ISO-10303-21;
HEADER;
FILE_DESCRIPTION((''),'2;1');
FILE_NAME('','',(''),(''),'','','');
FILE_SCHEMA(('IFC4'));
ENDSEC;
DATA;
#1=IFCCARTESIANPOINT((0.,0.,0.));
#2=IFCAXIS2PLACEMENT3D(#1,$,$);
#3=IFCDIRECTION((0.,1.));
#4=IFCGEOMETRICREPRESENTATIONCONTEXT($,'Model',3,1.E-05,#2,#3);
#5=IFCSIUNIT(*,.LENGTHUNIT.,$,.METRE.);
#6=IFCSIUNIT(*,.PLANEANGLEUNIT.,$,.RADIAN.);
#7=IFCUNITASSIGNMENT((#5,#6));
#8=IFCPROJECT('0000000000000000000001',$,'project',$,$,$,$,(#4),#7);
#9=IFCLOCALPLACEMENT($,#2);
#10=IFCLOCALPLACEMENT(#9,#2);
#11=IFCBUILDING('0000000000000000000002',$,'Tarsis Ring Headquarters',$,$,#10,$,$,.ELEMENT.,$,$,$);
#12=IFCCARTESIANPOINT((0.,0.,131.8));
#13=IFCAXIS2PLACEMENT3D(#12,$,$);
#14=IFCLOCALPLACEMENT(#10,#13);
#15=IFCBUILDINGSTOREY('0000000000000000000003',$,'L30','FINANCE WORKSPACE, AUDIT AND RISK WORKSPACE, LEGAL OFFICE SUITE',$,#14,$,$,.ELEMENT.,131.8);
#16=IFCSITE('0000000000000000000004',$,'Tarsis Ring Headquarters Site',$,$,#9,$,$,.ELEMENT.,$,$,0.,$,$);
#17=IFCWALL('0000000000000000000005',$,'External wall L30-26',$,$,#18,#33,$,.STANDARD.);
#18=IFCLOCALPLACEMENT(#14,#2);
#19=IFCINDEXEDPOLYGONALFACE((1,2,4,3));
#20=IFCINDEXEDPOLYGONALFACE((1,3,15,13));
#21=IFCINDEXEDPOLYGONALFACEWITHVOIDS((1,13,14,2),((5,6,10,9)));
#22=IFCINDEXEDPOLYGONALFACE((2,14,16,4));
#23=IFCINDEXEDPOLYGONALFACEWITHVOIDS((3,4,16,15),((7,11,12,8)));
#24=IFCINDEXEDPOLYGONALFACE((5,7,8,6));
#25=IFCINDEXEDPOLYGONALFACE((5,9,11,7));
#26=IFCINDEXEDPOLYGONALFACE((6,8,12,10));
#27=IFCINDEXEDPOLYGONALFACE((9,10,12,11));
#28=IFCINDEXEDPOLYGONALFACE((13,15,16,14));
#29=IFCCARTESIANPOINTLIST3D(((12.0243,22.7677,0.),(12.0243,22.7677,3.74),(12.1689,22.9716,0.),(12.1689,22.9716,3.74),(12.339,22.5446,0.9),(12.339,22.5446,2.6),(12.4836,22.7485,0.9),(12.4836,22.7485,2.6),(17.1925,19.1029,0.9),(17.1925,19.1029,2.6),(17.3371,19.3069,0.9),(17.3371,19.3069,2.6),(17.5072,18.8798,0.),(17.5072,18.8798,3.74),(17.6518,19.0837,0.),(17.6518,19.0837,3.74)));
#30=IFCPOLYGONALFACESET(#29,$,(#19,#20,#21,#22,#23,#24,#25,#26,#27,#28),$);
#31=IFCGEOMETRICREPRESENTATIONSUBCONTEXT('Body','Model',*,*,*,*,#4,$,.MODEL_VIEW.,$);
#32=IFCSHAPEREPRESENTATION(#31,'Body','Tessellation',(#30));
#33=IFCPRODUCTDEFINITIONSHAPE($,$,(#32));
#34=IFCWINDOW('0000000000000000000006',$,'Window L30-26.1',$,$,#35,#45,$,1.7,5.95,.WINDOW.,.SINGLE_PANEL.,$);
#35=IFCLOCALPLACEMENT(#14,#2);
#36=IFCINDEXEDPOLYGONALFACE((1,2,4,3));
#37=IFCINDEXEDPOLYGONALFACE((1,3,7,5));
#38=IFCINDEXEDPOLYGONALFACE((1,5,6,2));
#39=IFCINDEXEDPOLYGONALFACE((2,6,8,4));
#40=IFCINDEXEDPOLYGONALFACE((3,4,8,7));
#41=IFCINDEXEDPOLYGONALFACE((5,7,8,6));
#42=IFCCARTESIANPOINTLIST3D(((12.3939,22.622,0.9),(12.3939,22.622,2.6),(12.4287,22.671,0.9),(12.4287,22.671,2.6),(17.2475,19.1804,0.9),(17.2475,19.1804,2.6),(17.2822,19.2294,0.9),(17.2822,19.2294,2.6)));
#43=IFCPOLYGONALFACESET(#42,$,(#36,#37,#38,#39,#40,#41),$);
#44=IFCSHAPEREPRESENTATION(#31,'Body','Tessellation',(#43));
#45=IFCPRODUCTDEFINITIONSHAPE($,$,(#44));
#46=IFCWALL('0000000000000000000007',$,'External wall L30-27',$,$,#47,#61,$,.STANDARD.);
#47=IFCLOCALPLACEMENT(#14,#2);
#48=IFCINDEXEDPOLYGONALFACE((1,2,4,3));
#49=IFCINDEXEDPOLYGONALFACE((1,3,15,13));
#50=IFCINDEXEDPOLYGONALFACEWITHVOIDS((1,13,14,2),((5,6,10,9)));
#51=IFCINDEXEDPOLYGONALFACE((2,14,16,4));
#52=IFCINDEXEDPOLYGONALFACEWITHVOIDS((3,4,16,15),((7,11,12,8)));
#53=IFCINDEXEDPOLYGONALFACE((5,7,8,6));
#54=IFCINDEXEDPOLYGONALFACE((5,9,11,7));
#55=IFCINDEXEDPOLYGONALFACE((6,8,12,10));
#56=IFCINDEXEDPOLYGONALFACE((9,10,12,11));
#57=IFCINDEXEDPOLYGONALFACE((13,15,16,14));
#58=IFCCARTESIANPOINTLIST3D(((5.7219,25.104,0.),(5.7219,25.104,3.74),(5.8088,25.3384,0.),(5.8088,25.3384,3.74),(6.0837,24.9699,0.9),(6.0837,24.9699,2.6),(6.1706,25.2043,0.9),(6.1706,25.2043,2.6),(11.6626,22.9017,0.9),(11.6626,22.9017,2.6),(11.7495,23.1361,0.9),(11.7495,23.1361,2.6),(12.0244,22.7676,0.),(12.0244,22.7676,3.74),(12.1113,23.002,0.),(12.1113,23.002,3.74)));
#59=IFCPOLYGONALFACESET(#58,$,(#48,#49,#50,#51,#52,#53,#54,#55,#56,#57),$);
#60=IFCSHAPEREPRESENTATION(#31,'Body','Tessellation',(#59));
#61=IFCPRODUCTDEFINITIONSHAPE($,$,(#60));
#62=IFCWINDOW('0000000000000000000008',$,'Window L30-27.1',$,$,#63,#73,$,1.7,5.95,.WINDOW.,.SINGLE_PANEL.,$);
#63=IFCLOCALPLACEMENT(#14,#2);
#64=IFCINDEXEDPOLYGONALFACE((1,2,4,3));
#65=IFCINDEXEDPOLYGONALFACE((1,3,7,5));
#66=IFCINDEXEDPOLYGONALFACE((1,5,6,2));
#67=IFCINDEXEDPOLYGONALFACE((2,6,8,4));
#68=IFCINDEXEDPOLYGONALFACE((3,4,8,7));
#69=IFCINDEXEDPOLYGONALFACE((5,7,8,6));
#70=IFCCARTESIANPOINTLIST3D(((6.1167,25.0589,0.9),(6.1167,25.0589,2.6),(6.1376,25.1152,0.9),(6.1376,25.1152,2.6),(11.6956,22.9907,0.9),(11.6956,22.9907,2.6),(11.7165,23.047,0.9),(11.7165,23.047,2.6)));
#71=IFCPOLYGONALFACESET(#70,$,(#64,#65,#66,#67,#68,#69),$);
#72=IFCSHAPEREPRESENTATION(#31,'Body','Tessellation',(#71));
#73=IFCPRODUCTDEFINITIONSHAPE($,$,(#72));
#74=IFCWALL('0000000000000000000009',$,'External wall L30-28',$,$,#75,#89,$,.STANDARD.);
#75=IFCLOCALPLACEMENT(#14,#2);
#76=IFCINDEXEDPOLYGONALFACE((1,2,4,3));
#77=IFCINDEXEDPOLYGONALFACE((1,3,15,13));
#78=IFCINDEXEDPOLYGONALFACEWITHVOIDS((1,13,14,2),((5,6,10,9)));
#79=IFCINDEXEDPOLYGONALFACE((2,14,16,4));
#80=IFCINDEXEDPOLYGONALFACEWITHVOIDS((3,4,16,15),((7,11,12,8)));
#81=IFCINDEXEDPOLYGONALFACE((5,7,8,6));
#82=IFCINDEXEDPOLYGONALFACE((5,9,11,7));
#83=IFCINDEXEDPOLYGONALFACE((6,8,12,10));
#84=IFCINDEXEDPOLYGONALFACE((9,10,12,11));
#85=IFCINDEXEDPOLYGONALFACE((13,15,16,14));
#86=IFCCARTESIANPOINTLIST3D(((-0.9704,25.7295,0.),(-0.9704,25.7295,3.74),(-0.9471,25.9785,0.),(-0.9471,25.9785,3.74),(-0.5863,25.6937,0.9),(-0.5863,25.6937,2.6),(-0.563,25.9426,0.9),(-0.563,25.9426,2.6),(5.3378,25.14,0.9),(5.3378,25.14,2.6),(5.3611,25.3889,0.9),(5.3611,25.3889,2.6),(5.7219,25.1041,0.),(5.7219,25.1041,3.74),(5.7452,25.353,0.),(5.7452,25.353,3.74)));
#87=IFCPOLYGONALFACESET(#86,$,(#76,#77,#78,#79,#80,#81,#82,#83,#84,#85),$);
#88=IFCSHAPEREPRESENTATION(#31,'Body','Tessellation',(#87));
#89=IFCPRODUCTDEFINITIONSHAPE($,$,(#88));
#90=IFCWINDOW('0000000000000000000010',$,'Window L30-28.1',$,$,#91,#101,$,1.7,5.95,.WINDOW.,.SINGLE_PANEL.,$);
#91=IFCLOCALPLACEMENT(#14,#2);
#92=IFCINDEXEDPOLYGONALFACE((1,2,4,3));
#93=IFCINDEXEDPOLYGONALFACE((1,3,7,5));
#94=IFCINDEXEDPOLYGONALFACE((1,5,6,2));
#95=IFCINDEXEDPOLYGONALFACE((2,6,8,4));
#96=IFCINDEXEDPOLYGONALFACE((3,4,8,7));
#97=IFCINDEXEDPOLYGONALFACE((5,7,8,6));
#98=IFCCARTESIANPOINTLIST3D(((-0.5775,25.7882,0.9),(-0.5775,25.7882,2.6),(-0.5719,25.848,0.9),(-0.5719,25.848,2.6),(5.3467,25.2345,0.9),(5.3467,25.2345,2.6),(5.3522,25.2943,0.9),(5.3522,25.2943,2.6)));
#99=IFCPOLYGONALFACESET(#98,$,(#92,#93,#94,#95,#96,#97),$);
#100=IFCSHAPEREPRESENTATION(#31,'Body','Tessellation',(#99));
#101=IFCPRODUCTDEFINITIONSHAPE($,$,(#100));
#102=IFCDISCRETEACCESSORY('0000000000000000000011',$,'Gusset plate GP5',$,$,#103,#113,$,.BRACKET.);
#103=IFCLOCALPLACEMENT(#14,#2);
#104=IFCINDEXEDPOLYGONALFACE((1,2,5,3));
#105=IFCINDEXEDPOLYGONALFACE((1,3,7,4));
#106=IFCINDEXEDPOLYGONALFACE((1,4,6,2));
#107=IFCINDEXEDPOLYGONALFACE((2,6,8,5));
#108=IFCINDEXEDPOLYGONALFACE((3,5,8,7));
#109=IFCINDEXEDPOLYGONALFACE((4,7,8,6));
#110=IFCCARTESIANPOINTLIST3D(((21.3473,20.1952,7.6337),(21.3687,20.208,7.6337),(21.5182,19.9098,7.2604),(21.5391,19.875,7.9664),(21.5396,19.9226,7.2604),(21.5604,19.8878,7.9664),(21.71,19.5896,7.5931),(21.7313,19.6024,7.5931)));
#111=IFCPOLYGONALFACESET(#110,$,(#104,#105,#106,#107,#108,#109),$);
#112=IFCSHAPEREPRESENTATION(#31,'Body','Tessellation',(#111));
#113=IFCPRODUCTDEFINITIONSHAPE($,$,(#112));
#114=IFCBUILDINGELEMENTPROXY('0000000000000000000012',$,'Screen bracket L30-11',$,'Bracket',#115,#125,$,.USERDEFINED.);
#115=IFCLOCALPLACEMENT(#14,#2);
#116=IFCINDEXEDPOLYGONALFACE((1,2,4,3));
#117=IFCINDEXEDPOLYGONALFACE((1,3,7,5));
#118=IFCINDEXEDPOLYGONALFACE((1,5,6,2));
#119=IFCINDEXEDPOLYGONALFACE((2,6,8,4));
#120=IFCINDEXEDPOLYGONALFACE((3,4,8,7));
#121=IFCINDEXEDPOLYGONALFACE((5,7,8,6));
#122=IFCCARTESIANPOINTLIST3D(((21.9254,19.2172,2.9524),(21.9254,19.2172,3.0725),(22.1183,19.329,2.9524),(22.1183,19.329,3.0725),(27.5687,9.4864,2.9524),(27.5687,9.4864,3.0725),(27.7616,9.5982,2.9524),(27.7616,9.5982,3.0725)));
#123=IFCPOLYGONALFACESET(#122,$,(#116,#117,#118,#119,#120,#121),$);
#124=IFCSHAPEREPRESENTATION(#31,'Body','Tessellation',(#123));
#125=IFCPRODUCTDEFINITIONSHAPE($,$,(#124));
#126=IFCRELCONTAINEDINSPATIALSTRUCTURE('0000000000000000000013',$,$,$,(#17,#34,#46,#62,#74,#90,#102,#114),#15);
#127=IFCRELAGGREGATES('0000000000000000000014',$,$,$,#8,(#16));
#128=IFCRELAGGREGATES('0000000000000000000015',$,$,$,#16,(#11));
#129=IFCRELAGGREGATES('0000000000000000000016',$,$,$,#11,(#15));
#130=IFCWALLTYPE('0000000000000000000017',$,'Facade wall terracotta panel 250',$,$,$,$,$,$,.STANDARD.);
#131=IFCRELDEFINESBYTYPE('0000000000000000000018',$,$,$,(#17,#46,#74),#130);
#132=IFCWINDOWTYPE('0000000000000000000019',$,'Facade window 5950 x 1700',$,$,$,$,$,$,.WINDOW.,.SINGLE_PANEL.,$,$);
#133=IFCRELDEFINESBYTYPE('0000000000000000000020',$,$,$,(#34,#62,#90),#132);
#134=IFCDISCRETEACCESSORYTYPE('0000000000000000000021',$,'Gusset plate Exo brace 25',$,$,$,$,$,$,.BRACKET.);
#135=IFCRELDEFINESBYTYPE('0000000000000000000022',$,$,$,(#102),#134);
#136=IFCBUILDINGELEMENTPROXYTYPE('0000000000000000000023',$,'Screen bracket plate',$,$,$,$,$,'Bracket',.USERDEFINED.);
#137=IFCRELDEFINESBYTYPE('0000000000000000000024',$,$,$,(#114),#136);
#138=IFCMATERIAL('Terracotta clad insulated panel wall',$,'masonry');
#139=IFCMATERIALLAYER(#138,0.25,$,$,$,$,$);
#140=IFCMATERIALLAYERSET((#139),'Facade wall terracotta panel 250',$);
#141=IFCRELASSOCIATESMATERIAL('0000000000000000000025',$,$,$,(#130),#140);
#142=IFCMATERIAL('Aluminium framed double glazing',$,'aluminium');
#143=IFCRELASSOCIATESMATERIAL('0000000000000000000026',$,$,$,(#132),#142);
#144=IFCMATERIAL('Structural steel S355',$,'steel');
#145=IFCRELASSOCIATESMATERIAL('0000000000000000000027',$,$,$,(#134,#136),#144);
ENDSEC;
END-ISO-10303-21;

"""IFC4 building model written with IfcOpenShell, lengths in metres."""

from ifc_helpers import new_model, si_unit, direction, frame, frame_2d, origin, origin_2d, place, context, subcontext, project, spatial, rectangle, extrude, material, layer, layer_set, material_profile, profile_set, type_object, element, fill, save


model = new_model("IFC4")

# Units and contexts
model_context = context("Model", 3, precision=1e-05, world=origin(), true_north=direction((0.0, 1.0)))
body_context = subcontext(model_context, "Body", "Model", "MODEL_VIEW")
ifc_project = project(units=[si_unit("LENGTHUNIT", "METRE"), si_unit("PLANEANGLEUNIT", "RADIAN")], contexts=[model_context])

# Site, building, storey
site_placement = place(None, origin())
site = spatial("IfcSite", under=ifc_project, at=site_placement, Name="Tarsis Ring Headquarters Site", CompositionType="ELEMENT", RefElevation=0.0)
building_placement = place(site_placement, origin())
building = spatial("IfcBuilding", under=site, at=building_placement, Name="Tarsis Ring Headquarters", CompositionType="ELEMENT")
storey_placement = place(building_placement, frame((0.0, 0.0, 131.8)))
storey = spatial("IfcBuildingStorey", under=building, at=storey_placement, Name="L30", Description="FINANCE WORKSPACE, AUDIT AND RISK WORKSPACE, LEGAL OFFICE SUITE", CompositionType="ELEMENT", Elevation=131.8)

# Shared definitions
ifc_material_1 = material(Name="Structural steel S355", Category="steel")

# Walls, openings, windows
ifc_material_2 = material(Name="Terracotta clad insulated panel wall", Category="masonry")
ifc_layer = layer(ifc_material_2, 0.25)
ifc_layer_set = layer_set([ifc_layer], Name="Facade wall terracotta panel 250")
wall_type = type_object("IfcWallType", Name="Facade wall terracotta panel 250", PredefinedType="STANDARD", material=ifc_layer_set)
wall_1_placement = place(storey_placement, frame((17.5796, 18.9817, 0.0), z_axis=(0.0, 0.0, 1.0), x_axis=(-0.815729, 0.578434, 0.0)))
wall_1 = element("IfcWall", 1, at=wall_1_placement, inside=storey, type_object=wall_type, Name="External wall L30-26", PredefinedType="STANDARD", context=body_context, shape_type="SweptSolid", body=[
    extrude(rectangle(XDim=6.7214, YDim=0.25, at=frame_2d((3.3608, 0.0))), origin(), (0.0, 0.0, 1.0), 3.74),
])
opening_1_placement = place(wall_1_placement, frame((0.3857, 0.0, 0.8999)))
opening_1 = element("IfcOpeningElement", 2, at=opening_1_placement, cuts=wall_1, PredefinedType="OPENING", context=body_context, shape_type="SweptSolid", body=[
    extrude(rectangle(XDim=5.95, YDim=1.7, at=frame_2d((2.9751, 0.8501))), frame((0.0, 0.135, 0.0), z_axis=(0.0, -1.0, 0.0), x_axis=(1.0, 0.0, 0.0)), (0.0, 0.0, 1.0), 0.27),
])
ifc_material_3 = material(Name="Aluminium framed double glazing", Category="aluminium")
window_type = type_object("IfcWindowType", Name="Facade window 5950 x 1700", PartitioningType="SINGLE_PANEL", PredefinedType="WINDOW", material=ifc_material_3)
window_1_placement = place(opening_1_placement, origin())
window_1 = element("IfcWindow", 3, at=window_1_placement, inside=storey, type_object=window_type, Name="Window L30-26.1", OverallHeight=1.7, OverallWidth=5.95, PartitioningType="SINGLE_PANEL", PredefinedType="WINDOW", context=body_context, shape_type="SweptSolid", body=[
    extrude(rectangle(XDim=5.95, YDim=1.7, at=frame_2d((2.9751, 0.8501))), frame((0.0, 0.03, 0.0), z_axis=(0.0, -1.0, 0.0), x_axis=(1.0, 0.0, 0.0)), (0.0, 0.0, 1.0), 0.0601),
])
fill(opening_1, window_1)
wall_2_placement = place(storey_placement, frame((12.0679, 22.8848, 0.0), z_axis=(0.0, 0.0, 1.0), x_axis=(-0.937644, 0.347598, 0.0)))
wall_2 = element("IfcWall", 4, at=wall_2_placement, inside=storey, type_object=wall_type, Name="External wall L30-27", PredefinedType="STANDARD", context=body_context, shape_type="SweptSolid", body=[
    extrude(rectangle(XDim=6.7217, YDim=0.25, at=frame_2d((3.3608, 0.0))), origin(), (0.0, 0.0, 1.0), 3.74),
])
opening_2_placement = place(wall_2_placement, frame((0.3857, 0.0, 0.8999)))
opening_2 = element("IfcOpeningElement", 5, at=opening_2_placement, cuts=wall_2, PredefinedType="OPENING", context=body_context, shape_type="SweptSolid", body=[
    extrude(rectangle(XDim=5.95, YDim=1.7, at=frame_2d((2.9751, 0.8501))), frame((0.0, 0.135, 0.0), z_axis=(0.0, -1.0, 0.0), x_axis=(1.0, 0.0, 0.0)), (0.0, 0.0, 1.0), 0.27),
])
window_2_placement = place(opening_2_placement, origin())
window_2 = element("IfcWindow", 6, at=window_2_placement, inside=storey, type_object=window_type, Name="Window L30-27.1", OverallHeight=1.7, OverallWidth=5.95, PartitioningType="SINGLE_PANEL", PredefinedType="WINDOW", context=body_context, shape_type="SweptSolid", body=[
    extrude(rectangle(XDim=5.95, YDim=1.7, at=frame_2d((2.9751, 0.8501))), frame((0.0, 0.03, 0.0), z_axis=(0.0, -1.0, 0.0), x_axis=(1.0, 0.0, 0.0)), (0.0, 0.0, 1.0), 0.0601),
])
fill(opening_2, window_2)
wall_3_placement = place(storey_placement, frame((5.7336, 25.2285, 0.0), z_axis=(0.0, 0.0, 1.0), x_axis=(-0.995661, 0.093057, 0.0)))
wall_3 = element("IfcWall", 7, at=wall_3_placement, inside=storey, type_object=wall_type, Name="External wall L30-28", PredefinedType="STANDARD", context=body_context, shape_type="SweptSolid", body=[
    extrude(rectangle(XDim=6.7214, YDim=0.25, at=frame_2d((3.3608, 0.0))), origin(), (0.0, 0.0, 1.0), 3.74),
])
opening_3_placement = place(wall_3_placement, frame((0.3857, 0.0, 0.8999)))
opening_3 = element("IfcOpeningElement", 8, at=opening_3_placement, cuts=wall_3, PredefinedType="OPENING", context=body_context, shape_type="SweptSolid", body=[
    extrude(rectangle(XDim=5.95, YDim=1.7, at=frame_2d((2.9751, 0.8501))), frame((0.0, 0.135, 0.0), z_axis=(0.0, -1.0, 0.0), x_axis=(1.0, 0.0, 0.0)), (0.0, 0.0, 1.0), 0.27),
])
window_3_placement = place(opening_3_placement, origin())
window_3 = element("IfcWindow", 9, at=window_3_placement, inside=storey, type_object=window_type, Name="Window L30-28.1", OverallHeight=1.7, OverallWidth=5.95, PartitioningType="SINGLE_PANEL", PredefinedType="WINDOW", context=body_context, shape_type="SweptSolid", body=[
    extrude(rectangle(XDim=5.95, YDim=1.7, at=frame_2d((2.9751, 0.8501))), frame((0.0, 0.03, 0.0), z_axis=(0.0, -1.0, 0.0), x_axis=(1.0, 0.0, 0.0)), (0.0, 0.0, 1.0), 0.0601),
])
fill(opening_3, window_3)

# Discrete accessory
ifc_material_profile_1 = material_profile(ifc_material_1, rectangle(XDim=0.0249, YDim=0.5, at=origin_2d()), Name="PL 25x500")
ifc_profile_set_1 = profile_set([ifc_material_profile_1], Name="Structural steel S355")
discrete_accessory_type = type_object("IfcDiscreteAccessoryType", Name="Gusset plate Exo brace 25", PredefinedType="BRACKET", material=ifc_profile_set_1)
discrete_accessory_placement = place(storey_placement, frame((21.4539, 20.0415, 7.8), z_axis=(0.341793, -0.570794, -0.746573), x_axis=(0.857946, 0.51374, 0.0)))
element("IfcDiscreteAccessory", 10, at=discrete_accessory_placement, inside=storey, type_object=discrete_accessory_type, Name="Gusset plate GP5", PredefinedType="BRACKET", context=body_context, shape_type="SweptSolid", body=[
    extrude(rectangle(XDim=0.0249, YDim=0.5, at=origin_2d()), origin(), (0.0, 0.0, 1.0), 0.5),
])

# Building element proxy
building_element_proxy_type = type_object("IfcBuildingElementProxyType", Name="Screen bracket plate", ElementType="Bracket", PredefinedType="USERDEFINED", material=ifc_material_1)
proxy_placement = place(storey_placement, frame((24.8435, 14.4077, 2.9524), z_axis=(0.0, 0.0, 1.0), x_axis=(-0.501681, 0.865053, 0.0)))
element("IfcBuildingElementProxy", 11, at=proxy_placement, inside=storey, type_object=building_element_proxy_type, Name="Screen bracket L30-11", ObjectType="Bracket", PredefinedType="USERDEFINED", context=body_context, shape_type="SweptSolid", body=[
    extrude(rectangle(XDim=11.2488, YDim=0.2229, at=origin_2d()), origin(), (0.0, 0.0, 1.0), 0.1201),
])

save(model, "model.ifc")
